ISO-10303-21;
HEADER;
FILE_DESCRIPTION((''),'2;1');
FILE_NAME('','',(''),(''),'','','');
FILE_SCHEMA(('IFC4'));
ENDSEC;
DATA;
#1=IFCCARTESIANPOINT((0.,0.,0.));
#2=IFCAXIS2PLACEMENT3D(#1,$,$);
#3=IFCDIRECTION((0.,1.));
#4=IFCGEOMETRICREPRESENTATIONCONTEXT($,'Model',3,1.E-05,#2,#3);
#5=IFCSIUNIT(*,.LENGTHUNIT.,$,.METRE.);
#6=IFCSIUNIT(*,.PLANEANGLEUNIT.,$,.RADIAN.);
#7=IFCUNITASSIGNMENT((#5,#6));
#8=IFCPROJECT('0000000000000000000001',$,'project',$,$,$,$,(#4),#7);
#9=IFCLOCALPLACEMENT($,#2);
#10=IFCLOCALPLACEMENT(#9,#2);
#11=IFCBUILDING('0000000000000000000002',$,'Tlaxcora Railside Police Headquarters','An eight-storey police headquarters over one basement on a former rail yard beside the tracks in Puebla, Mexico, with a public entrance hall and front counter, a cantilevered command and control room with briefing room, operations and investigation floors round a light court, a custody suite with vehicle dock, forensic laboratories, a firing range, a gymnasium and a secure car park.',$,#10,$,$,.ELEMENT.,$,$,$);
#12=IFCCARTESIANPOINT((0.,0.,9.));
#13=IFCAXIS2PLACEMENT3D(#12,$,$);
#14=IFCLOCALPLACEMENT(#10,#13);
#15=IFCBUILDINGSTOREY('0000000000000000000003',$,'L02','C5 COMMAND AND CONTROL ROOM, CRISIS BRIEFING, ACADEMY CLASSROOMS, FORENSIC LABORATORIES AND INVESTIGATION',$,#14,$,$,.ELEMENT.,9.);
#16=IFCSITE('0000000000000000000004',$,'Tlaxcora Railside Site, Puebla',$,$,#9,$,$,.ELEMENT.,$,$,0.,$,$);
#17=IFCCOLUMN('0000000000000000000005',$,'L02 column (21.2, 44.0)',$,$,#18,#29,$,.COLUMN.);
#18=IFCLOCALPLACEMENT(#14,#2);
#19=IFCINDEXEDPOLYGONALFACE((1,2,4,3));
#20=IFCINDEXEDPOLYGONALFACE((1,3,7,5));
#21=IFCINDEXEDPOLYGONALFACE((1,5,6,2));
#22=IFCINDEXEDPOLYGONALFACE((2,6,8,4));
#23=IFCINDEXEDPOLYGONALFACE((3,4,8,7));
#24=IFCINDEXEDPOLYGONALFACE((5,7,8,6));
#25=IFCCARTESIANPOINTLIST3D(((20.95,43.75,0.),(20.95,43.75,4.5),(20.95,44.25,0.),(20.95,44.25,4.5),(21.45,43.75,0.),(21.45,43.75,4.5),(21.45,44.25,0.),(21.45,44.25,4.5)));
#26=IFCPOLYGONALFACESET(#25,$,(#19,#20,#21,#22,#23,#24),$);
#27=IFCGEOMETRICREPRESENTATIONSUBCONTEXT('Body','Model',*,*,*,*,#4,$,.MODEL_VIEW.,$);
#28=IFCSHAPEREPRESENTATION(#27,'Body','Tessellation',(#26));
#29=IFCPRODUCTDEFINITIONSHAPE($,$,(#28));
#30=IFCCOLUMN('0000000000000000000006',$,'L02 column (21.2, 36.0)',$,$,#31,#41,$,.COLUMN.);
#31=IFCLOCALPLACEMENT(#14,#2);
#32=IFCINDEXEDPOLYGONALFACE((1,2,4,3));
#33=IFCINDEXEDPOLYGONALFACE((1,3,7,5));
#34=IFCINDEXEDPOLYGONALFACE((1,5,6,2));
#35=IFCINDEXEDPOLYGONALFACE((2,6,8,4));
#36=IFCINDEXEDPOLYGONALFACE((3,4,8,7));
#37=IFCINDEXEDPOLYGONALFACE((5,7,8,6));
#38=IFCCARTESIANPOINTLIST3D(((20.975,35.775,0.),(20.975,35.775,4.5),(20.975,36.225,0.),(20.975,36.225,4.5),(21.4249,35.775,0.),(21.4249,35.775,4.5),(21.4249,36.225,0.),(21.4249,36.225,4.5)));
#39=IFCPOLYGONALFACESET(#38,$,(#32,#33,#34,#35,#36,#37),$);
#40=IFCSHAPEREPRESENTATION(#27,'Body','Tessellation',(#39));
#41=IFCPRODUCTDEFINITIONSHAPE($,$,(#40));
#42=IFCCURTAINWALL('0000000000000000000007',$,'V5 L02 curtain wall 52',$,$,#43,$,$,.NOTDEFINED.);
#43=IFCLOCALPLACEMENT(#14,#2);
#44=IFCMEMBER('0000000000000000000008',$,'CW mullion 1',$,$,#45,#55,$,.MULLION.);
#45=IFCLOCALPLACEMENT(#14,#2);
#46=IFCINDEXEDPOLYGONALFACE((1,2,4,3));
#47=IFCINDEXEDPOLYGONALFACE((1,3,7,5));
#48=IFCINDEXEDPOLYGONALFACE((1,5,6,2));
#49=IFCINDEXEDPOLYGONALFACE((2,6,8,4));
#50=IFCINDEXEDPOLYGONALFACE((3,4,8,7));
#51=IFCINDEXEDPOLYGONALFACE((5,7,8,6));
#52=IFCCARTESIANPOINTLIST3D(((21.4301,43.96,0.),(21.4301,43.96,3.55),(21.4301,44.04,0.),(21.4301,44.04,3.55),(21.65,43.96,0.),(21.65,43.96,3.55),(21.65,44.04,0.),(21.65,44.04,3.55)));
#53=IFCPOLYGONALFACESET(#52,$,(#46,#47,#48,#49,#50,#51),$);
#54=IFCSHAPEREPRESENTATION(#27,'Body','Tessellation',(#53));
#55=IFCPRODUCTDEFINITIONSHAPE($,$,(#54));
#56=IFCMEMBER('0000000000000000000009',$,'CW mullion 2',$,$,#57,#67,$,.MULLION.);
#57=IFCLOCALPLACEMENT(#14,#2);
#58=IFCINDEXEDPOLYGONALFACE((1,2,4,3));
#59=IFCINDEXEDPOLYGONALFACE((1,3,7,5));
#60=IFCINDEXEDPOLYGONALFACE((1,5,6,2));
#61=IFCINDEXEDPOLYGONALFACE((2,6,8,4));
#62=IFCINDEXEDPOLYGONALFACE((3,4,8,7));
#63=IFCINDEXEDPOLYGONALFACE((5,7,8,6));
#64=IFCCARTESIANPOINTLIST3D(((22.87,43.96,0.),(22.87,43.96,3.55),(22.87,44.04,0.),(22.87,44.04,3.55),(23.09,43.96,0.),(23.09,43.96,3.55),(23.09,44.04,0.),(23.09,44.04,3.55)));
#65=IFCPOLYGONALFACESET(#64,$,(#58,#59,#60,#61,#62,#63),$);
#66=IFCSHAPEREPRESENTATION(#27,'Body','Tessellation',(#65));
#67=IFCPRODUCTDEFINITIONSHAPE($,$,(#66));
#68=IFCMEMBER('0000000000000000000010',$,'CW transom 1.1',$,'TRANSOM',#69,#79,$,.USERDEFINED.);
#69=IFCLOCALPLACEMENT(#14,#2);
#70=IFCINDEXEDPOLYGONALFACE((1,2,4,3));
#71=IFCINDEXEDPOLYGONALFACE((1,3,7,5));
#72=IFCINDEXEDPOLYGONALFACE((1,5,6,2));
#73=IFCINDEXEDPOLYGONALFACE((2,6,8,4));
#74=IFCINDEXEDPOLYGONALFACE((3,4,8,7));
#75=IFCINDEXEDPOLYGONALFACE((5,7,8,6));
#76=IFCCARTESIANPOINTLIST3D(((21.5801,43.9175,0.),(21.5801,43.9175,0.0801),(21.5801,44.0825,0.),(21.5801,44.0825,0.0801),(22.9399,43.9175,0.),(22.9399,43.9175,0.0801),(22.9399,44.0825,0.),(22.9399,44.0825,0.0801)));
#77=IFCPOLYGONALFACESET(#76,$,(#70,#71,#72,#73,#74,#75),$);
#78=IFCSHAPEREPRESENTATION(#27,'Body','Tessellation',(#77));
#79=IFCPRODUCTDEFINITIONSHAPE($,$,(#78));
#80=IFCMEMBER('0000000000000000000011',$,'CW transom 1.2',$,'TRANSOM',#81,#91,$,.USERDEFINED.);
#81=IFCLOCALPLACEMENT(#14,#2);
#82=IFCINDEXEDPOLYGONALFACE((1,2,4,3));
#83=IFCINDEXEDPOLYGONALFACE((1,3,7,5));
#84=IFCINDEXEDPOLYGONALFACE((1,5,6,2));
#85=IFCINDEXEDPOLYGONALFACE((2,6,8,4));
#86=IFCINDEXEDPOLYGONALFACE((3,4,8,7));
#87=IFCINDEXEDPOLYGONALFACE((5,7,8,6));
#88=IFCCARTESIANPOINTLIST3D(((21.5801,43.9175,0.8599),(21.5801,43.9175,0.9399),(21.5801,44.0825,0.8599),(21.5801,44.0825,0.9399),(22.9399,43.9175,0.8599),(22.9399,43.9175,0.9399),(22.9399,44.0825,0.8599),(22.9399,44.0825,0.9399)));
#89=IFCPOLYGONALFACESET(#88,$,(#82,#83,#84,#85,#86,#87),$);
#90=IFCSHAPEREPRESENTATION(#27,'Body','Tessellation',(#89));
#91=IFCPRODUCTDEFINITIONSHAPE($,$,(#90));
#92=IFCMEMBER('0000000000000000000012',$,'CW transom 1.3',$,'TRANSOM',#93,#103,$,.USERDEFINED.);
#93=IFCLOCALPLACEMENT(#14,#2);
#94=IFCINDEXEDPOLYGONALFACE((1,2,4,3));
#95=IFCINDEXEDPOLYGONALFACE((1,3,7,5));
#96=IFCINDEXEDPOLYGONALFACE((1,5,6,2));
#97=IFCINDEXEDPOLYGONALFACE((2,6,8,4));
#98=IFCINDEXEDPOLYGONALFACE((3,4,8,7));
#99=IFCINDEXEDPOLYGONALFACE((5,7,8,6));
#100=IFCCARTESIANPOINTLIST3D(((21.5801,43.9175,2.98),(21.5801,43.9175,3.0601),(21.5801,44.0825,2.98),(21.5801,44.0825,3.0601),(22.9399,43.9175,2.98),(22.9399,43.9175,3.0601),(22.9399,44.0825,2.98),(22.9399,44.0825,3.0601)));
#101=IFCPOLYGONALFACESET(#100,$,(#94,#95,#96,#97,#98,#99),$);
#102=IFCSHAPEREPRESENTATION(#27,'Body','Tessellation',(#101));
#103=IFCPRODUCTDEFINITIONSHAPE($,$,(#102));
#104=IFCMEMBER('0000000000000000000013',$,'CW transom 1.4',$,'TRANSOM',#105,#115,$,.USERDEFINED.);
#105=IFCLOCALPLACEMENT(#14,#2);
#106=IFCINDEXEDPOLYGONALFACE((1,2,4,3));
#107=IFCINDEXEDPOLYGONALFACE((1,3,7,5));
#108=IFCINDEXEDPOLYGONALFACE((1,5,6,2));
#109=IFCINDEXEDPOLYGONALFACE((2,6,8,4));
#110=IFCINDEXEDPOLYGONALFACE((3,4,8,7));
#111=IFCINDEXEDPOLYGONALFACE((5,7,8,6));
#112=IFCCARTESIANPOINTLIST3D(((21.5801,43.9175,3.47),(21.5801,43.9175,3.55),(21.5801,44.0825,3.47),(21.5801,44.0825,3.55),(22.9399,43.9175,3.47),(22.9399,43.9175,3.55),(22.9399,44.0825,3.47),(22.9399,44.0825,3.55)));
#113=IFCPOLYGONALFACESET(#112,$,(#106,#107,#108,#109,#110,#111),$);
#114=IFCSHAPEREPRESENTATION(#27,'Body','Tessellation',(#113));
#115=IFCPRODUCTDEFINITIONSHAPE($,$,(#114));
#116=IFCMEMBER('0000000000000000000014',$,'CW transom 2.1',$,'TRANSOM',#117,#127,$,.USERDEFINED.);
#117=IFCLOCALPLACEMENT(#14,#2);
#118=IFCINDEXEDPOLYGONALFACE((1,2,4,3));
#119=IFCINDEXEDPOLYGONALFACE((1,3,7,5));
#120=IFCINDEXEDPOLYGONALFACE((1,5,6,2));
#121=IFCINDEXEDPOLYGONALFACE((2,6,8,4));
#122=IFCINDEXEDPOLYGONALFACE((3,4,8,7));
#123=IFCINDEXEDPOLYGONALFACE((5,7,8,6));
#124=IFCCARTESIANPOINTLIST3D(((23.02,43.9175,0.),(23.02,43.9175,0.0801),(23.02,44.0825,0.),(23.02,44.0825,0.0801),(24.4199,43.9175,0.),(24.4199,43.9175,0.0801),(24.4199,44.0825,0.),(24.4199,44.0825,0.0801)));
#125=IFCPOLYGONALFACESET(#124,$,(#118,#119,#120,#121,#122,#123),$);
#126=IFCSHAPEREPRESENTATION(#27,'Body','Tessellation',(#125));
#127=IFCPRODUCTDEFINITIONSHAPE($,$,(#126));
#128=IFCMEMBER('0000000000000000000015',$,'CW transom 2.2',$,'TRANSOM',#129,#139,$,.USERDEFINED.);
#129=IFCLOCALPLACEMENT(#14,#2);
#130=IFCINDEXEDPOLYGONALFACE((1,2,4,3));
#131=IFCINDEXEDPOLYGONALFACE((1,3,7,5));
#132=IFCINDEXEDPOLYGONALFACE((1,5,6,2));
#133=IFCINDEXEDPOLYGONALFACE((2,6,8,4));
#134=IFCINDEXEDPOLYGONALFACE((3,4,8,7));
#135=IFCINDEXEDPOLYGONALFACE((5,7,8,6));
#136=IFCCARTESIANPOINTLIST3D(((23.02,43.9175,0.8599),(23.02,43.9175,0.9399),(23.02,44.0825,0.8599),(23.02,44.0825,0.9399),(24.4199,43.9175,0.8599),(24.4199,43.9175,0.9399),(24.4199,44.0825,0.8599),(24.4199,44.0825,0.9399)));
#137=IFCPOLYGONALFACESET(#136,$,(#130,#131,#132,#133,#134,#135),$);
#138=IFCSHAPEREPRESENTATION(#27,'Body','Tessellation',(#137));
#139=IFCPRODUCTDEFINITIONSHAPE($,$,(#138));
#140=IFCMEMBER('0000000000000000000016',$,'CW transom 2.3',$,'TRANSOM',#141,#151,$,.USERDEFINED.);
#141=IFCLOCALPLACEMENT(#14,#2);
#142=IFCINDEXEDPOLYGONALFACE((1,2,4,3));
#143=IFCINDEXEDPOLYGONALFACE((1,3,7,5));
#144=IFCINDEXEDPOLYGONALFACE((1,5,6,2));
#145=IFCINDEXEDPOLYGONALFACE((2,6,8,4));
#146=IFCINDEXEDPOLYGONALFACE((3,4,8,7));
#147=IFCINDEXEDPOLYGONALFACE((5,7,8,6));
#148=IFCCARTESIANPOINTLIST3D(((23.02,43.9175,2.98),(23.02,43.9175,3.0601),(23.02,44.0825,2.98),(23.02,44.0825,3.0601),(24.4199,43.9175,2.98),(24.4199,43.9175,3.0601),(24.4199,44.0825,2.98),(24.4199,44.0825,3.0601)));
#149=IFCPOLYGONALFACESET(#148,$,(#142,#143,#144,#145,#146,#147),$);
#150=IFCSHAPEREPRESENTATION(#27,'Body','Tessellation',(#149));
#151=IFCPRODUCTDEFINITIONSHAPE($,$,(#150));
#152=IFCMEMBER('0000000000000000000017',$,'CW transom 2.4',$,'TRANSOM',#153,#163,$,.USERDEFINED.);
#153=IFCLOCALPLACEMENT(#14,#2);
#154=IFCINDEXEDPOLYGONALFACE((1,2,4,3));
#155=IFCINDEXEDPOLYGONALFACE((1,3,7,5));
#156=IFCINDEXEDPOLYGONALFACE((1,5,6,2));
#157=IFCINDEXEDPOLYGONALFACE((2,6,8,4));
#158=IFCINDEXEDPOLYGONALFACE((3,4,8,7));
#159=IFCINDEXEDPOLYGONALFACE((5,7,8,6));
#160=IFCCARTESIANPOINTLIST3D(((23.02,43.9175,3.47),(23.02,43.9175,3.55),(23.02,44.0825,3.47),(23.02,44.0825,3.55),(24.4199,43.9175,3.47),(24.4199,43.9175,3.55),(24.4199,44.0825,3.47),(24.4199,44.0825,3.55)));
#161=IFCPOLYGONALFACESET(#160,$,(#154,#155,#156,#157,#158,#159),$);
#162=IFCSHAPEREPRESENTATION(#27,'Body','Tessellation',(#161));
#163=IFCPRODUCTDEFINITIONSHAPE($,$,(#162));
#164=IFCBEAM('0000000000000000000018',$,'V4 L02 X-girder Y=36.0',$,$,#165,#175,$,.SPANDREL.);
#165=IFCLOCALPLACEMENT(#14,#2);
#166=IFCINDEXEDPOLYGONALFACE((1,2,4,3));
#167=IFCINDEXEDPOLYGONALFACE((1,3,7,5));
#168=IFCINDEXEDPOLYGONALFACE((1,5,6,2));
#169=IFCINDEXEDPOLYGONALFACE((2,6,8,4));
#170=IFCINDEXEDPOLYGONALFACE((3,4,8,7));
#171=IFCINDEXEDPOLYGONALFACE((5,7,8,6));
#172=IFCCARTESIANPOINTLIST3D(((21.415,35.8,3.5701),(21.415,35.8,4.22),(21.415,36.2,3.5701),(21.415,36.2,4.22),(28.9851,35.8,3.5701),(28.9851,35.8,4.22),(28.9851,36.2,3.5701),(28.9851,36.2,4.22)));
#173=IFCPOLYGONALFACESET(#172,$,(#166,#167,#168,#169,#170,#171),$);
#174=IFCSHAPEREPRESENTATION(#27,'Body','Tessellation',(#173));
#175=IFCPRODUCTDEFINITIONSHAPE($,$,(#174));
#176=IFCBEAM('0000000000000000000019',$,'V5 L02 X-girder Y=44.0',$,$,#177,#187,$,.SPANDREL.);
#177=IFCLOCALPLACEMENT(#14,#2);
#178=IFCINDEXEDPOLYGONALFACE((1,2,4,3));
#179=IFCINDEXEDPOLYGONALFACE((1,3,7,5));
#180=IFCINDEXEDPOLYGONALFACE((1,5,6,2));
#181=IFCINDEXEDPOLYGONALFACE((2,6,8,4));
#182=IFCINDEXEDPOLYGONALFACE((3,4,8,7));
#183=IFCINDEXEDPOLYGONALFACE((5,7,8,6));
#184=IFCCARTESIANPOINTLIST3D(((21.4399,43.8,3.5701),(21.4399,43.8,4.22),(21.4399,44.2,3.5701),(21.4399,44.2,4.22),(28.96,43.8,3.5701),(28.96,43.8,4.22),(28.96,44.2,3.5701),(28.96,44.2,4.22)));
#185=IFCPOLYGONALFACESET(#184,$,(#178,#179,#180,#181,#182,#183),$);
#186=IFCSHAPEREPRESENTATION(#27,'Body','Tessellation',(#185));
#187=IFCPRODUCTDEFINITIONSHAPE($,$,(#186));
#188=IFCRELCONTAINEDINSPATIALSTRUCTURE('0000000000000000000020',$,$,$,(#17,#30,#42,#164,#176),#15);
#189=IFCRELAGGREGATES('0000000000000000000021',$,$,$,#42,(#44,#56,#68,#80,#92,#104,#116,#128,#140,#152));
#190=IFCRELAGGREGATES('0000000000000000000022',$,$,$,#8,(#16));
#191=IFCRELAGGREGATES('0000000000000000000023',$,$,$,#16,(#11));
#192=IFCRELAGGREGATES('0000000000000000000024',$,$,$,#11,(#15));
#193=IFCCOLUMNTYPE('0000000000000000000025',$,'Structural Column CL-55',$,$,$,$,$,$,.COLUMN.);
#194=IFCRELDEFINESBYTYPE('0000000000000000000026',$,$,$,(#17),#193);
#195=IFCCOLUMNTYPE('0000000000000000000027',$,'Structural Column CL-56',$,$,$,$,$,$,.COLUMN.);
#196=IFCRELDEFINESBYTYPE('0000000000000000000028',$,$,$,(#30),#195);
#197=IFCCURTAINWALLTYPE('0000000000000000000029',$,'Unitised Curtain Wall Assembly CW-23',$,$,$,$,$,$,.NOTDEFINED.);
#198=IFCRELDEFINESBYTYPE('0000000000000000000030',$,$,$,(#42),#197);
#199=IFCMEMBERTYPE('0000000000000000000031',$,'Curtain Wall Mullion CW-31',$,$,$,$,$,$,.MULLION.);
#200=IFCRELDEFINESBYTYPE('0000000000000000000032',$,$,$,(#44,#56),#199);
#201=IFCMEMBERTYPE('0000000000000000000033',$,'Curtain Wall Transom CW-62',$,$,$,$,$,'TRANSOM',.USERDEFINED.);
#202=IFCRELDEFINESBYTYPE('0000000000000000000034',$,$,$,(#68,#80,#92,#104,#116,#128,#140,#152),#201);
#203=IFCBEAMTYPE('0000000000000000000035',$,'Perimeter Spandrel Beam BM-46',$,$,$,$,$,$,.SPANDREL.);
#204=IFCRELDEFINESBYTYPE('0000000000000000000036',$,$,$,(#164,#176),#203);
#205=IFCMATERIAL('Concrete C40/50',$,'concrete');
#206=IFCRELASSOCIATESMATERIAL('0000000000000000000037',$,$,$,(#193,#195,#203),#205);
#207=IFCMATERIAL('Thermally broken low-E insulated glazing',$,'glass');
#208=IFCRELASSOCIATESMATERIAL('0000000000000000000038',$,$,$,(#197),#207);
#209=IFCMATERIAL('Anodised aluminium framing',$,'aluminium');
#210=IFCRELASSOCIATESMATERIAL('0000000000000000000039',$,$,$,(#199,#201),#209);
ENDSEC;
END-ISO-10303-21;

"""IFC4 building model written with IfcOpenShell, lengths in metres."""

from ifc_helpers import new_model, si_unit, direction, frame, origin, origin_2d, place, context, subcontext, project, spatial, rectangle, extrude, material, material_profile, profile_set, type_object, element, aggregate, save


model = new_model("IFC4")

# Units and contexts
model_context = context("Model", 3, precision=1e-05, world=origin(), true_north=direction((0.0, 1.0)))
body_context = subcontext(model_context, "Body", "Model", "MODEL_VIEW")
ifc_project = project(units=[si_unit("LENGTHUNIT", "METRE"), si_unit("PLANEANGLEUNIT", "RADIAN")], contexts=[model_context])

# Site, building, storey
site_placement = place(None, origin())
site = spatial("IfcSite", under=ifc_project, at=site_placement, Name="Tlaxcora Railside Site, Puebla", CompositionType="ELEMENT", RefElevation=0.0)
building_placement = place(site_placement, origin())
building = spatial("IfcBuilding", under=site, at=building_placement, Name="Tlaxcora Railside Police Headquarters", Description="An eight-storey police headquarters over one basement on a former rail yard beside the tracks in Puebla, Mexico, with a public entrance hall and front counter, a cantilevered command and control room with briefing room, operations and investigation floors round a light court, a custody suite with vehicle dock, forensic laboratories, a firing range, a gymnasium and a secure car park.", CompositionType="ELEMENT")
storey_placement = place(building_placement, frame((0.0, 0.0, 9.0)))
storey = spatial("IfcBuildingStorey", under=building, at=storey_placement, Name="L02", Description="C5 COMMAND AND CONTROL ROOM, CRISIS BRIEFING, ACADEMY CLASSROOMS, FORENSIC LABORATORIES AND INVESTIGATION", CompositionType="ELEMENT", Elevation=9.0)

# Columns
ifc_material_1 = material(Name="Concrete C40/50", Category="concrete")
ifc_material_profile_1 = material_profile(ifc_material_1, rectangle(XDim=0.5, YDim=0.5, at=origin_2d()), Name="RC500X500")
ifc_profile_set_1 = profile_set([ifc_material_profile_1], Name="Concrete C40/50")
column_type_1 = type_object("IfcColumnType", Name="Structural Column CL-55", PredefinedType="COLUMN", material=ifc_profile_set_1)
column_1_placement = place(storey_placement, frame((21.2, 44.0, 0.0), z_axis=(0.0, 0.0, 1.0), x_axis=(1.0, 0.0, 0.0)))
element("IfcColumn", 1, at=column_1_placement, inside=storey, type_object=column_type_1, Name="L02 column (21.2, 44.0)", PredefinedType="COLUMN", context=body_context, shape_type="SweptSolid", body=[
    extrude(rectangle(XDim=0.5, YDim=0.5, at=origin_2d()), origin(), (0.0, 0.0, 1.0), 4.5),
])
ifc_material_profile_2 = material_profile(ifc_material_1, rectangle(XDim=0.45, YDim=0.45, at=origin_2d()), Name="RC450X450")
ifc_profile_set_2 = profile_set([ifc_material_profile_2], Name="Concrete C40/50")
column_type_2 = type_object("IfcColumnType", Name="Structural Column CL-56", PredefinedType="COLUMN", material=ifc_profile_set_2)
column_2_placement = place(storey_placement, frame((21.2, 36.0, 0.0), z_axis=(0.0, 0.0, 1.0), x_axis=(1.0, 0.0, 0.0)))
element("IfcColumn", 2, at=column_2_placement, inside=storey, type_object=column_type_2, Name="L02 column (21.2, 36.0)", PredefinedType="COLUMN", context=body_context, shape_type="SweptSolid", body=[
    extrude(rectangle(XDim=0.45, YDim=0.45, at=origin_2d()), origin(), (0.0, 0.0, 1.0), 4.5),
])

# Curtain wall, members
ifc_material_2 = material(Name="Thermally broken low-E insulated glazing", Category="glass")
curtain_wall_type = type_object("IfcCurtainWallType", Name="Unitised Curtain Wall Assembly CW-23", PredefinedType="NOTDEFINED", material=ifc_material_2)
curtain_wall_placement = place(storey_placement, origin())
curtain_wall = element("IfcCurtainWall", 3, at=curtain_wall_placement, inside=storey, type_object=curtain_wall_type, Name="V5 L02 curtain wall 52", PredefinedType="NOTDEFINED")
ifc_material_3 = material(Name="Anodised aluminium framing", Category="aluminium")
ifc_material_profile_3 = material_profile(ifc_material_3, rectangle(XDim=0.0801, YDim=0.22, at=origin_2d()), Name="AL80X220")
ifc_profile_set_3 = profile_set([ifc_material_profile_3], Name="Anodised aluminium framing")
member_type_1 = type_object("IfcMemberType", Name="Curtain Wall Mullion CW-31", PredefinedType="MULLION", material=ifc_profile_set_3)
member_1_placement = place(storey_placement, frame((21.54, 44.0, 0.0), z_axis=(0.0, 0.0, 1.0), x_axis=(0.0, 1.0, 0.0)))
member_1 = element("IfcMember", 4, at=member_1_placement, type_object=member_type_1, Name="CW mullion 1", PredefinedType="MULLION", context=body_context, shape_type="SweptSolid", body=[
    extrude(rectangle(XDim=0.0801, YDim=0.22, at=origin_2d()), origin(), (0.0, 0.0, 1.0), 3.55),
])
member_2_placement = place(storey_placement, frame((22.98, 44.0, 0.0), z_axis=(0.0, 0.0, 1.0), x_axis=(0.0, 1.0, 0.0)))
member_2 = element("IfcMember", 5, at=member_2_placement, type_object=member_type_1, Name="CW mullion 2", PredefinedType="MULLION", context=body_context, shape_type="SweptSolid", body=[
    extrude(rectangle(XDim=0.0801, YDim=0.22, at=origin_2d()), origin(), (0.0, 0.0, 1.0), 3.55),
])
ifc_material_profile_4 = material_profile(ifc_material_3, rectangle(XDim=0.165, YDim=0.0801, at=origin_2d()), Name="AL80X165")
ifc_profile_set_4 = profile_set([ifc_material_profile_4], Name="Anodised aluminium framing")
member_type_2 = type_object("IfcMemberType", Name="Curtain Wall Transom CW-62", ElementType="TRANSOM", PredefinedType="USERDEFINED", material=ifc_profile_set_4)
member_3_placement = place(storey_placement, frame((21.5801, 44.0, 0.04), z_axis=(1.0, 0.0, 0.0), x_axis=(0.0, 1.0, 0.0)))
member_3 = element("IfcMember", 6, at=member_3_placement, type_object=member_type_2, Name="CW transom 1.1", ObjectType="TRANSOM", PredefinedType="USERDEFINED", context=body_context, shape_type="SweptSolid", body=[
    extrude(rectangle(XDim=0.165, YDim=0.0801, at=origin_2d()), origin(), (0.0, 0.0, 1.0), 1.3599),
])
member_4_placement = place(storey_placement, frame((21.5801, 44.0, 0.8999), z_axis=(1.0, 0.0, 0.0), x_axis=(0.0, 1.0, 0.0)))
member_4 = element("IfcMember", 7, at=member_4_placement, type_object=member_type_2, Name="CW transom 1.2", ObjectType="TRANSOM", PredefinedType="USERDEFINED", context=body_context, shape_type="SweptSolid", body=[
    extrude(rectangle(XDim=0.165, YDim=0.0801, at=origin_2d()), origin(), (0.0, 0.0, 1.0), 1.3599),
])
member_5_placement = place(storey_placement, frame((21.5801, 44.0, 3.02), z_axis=(1.0, 0.0, 0.0), x_axis=(0.0, 1.0, 0.0)))
member_5 = element("IfcMember", 8, at=member_5_placement, type_object=member_type_2, Name="CW transom 1.3", ObjectType="TRANSOM", PredefinedType="USERDEFINED", context=body_context, shape_type="SweptSolid", body=[
    extrude(rectangle(XDim=0.165, YDim=0.0801, at=origin_2d()), origin(), (0.0, 0.0, 1.0), 1.3599),
])
member_6_placement = place(storey_placement, frame((21.5801, 44.0, 3.51), z_axis=(1.0, 0.0, 0.0), x_axis=(0.0, 1.0, 0.0)))
member_6 = element("IfcMember", 9, at=member_6_placement, type_object=member_type_2, Name="CW transom 1.4", ObjectType="TRANSOM", PredefinedType="USERDEFINED", context=body_context, shape_type="SweptSolid", body=[
    extrude(rectangle(XDim=0.165, YDim=0.0801, at=origin_2d()), origin(), (0.0, 0.0, 1.0), 1.3599),
])
member_7_placement = place(storey_placement, frame((23.02, 44.0, 0.04), z_axis=(1.0, 0.0, 0.0), x_axis=(0.0, 1.0, 0.0)))
member_7 = element("IfcMember", 10, at=member_7_placement, type_object=member_type_2, Name="CW transom 2.1", ObjectType="TRANSOM", PredefinedType="USERDEFINED", context=body_context, shape_type="SweptSolid", body=[
    extrude(rectangle(XDim=0.165, YDim=0.0801, at=origin_2d()), origin(), (0.0, 0.0, 1.0), 1.3999),
])
member_8_placement = place(storey_placement, frame((23.02, 44.0, 0.8999), z_axis=(1.0, 0.0, 0.0), x_axis=(0.0, 1.0, 0.0)))
member_8 = element("IfcMember", 11, at=member_8_placement, type_object=member_type_2, Name="CW transom 2.2", ObjectType="TRANSOM", PredefinedType="USERDEFINED", context=body_context, shape_type="SweptSolid", body=[
    extrude(rectangle(XDim=0.165, YDim=0.0801, at=origin_2d()), origin(), (0.0, 0.0, 1.0), 1.3999),
])
member_9_placement = place(storey_placement, frame((23.02, 44.0, 3.02), z_axis=(1.0, 0.0, 0.0), x_axis=(0.0, 1.0, 0.0)))
member_9 = element("IfcMember", 12, at=member_9_placement, type_object=member_type_2, Name="CW transom 2.3", ObjectType="TRANSOM", PredefinedType="USERDEFINED", context=body_context, shape_type="SweptSolid", body=[
    extrude(rectangle(XDim=0.165, YDim=0.0801, at=origin_2d()), origin(), (0.0, 0.0, 1.0), 1.3999),
])
member_10_placement = place(storey_placement, frame((23.02, 44.0, 3.51), z_axis=(1.0, 0.0, 0.0), x_axis=(0.0, 1.0, 0.0)))
member_10 = element("IfcMember", 13, at=member_10_placement, type_object=member_type_2, Name="CW transom 2.4", ObjectType="TRANSOM", PredefinedType="USERDEFINED", context=body_context, shape_type="SweptSolid", body=[
    extrude(rectangle(XDim=0.165, YDim=0.0801, at=origin_2d()), origin(), (0.0, 0.0, 1.0), 1.3999),
])

# Beams
ifc_material_profile_5 = material_profile(ifc_material_1, rectangle(XDim=0.3999, YDim=0.6499, at=origin_2d()), Name="RC400X650")
ifc_profile_set_5 = profile_set([ifc_material_profile_5], Name="Concrete C40/50")
beam_type = type_object("IfcBeamType", Name="Perimeter Spandrel Beam BM-46", PredefinedType="SPANDREL", material=ifc_profile_set_5)
beam_1_placement = place(storey_placement, frame((21.415, 36.0, 3.895), z_axis=(1.0, 0.0, 0.0), x_axis=(0.0, 1.0, 0.0)))
element("IfcBeam", 14, at=beam_1_placement, inside=storey, type_object=beam_type, Name="V4 L02 X-girder Y=36.0", PredefinedType="SPANDREL", context=body_context, shape_type="SweptSolid", body=[
    extrude(rectangle(XDim=0.3999, YDim=0.6499, at=origin_2d()), origin(), (0.0, 0.0, 1.0), 7.5701),
])
beam_2_placement = place(storey_placement, frame((21.4399, 44.0, 3.895), z_axis=(1.0, 0.0, 0.0), x_axis=(0.0, 1.0, 0.0)))
element("IfcBeam", 15, at=beam_2_placement, inside=storey, type_object=beam_type, Name="V5 L02 X-girder Y=44.0", PredefinedType="SPANDREL", context=body_context, shape_type="SweptSolid", body=[
    extrude(rectangle(XDim=0.3999, YDim=0.6499, at=origin_2d()), origin(), (0.0, 0.0, 1.0), 7.52),
])

aggregate(curtain_wall, [member_1, member_2, member_3, member_4, member_5, member_6, member_7, member_8, member_9, member_10])

save(model, "model.ifc")
